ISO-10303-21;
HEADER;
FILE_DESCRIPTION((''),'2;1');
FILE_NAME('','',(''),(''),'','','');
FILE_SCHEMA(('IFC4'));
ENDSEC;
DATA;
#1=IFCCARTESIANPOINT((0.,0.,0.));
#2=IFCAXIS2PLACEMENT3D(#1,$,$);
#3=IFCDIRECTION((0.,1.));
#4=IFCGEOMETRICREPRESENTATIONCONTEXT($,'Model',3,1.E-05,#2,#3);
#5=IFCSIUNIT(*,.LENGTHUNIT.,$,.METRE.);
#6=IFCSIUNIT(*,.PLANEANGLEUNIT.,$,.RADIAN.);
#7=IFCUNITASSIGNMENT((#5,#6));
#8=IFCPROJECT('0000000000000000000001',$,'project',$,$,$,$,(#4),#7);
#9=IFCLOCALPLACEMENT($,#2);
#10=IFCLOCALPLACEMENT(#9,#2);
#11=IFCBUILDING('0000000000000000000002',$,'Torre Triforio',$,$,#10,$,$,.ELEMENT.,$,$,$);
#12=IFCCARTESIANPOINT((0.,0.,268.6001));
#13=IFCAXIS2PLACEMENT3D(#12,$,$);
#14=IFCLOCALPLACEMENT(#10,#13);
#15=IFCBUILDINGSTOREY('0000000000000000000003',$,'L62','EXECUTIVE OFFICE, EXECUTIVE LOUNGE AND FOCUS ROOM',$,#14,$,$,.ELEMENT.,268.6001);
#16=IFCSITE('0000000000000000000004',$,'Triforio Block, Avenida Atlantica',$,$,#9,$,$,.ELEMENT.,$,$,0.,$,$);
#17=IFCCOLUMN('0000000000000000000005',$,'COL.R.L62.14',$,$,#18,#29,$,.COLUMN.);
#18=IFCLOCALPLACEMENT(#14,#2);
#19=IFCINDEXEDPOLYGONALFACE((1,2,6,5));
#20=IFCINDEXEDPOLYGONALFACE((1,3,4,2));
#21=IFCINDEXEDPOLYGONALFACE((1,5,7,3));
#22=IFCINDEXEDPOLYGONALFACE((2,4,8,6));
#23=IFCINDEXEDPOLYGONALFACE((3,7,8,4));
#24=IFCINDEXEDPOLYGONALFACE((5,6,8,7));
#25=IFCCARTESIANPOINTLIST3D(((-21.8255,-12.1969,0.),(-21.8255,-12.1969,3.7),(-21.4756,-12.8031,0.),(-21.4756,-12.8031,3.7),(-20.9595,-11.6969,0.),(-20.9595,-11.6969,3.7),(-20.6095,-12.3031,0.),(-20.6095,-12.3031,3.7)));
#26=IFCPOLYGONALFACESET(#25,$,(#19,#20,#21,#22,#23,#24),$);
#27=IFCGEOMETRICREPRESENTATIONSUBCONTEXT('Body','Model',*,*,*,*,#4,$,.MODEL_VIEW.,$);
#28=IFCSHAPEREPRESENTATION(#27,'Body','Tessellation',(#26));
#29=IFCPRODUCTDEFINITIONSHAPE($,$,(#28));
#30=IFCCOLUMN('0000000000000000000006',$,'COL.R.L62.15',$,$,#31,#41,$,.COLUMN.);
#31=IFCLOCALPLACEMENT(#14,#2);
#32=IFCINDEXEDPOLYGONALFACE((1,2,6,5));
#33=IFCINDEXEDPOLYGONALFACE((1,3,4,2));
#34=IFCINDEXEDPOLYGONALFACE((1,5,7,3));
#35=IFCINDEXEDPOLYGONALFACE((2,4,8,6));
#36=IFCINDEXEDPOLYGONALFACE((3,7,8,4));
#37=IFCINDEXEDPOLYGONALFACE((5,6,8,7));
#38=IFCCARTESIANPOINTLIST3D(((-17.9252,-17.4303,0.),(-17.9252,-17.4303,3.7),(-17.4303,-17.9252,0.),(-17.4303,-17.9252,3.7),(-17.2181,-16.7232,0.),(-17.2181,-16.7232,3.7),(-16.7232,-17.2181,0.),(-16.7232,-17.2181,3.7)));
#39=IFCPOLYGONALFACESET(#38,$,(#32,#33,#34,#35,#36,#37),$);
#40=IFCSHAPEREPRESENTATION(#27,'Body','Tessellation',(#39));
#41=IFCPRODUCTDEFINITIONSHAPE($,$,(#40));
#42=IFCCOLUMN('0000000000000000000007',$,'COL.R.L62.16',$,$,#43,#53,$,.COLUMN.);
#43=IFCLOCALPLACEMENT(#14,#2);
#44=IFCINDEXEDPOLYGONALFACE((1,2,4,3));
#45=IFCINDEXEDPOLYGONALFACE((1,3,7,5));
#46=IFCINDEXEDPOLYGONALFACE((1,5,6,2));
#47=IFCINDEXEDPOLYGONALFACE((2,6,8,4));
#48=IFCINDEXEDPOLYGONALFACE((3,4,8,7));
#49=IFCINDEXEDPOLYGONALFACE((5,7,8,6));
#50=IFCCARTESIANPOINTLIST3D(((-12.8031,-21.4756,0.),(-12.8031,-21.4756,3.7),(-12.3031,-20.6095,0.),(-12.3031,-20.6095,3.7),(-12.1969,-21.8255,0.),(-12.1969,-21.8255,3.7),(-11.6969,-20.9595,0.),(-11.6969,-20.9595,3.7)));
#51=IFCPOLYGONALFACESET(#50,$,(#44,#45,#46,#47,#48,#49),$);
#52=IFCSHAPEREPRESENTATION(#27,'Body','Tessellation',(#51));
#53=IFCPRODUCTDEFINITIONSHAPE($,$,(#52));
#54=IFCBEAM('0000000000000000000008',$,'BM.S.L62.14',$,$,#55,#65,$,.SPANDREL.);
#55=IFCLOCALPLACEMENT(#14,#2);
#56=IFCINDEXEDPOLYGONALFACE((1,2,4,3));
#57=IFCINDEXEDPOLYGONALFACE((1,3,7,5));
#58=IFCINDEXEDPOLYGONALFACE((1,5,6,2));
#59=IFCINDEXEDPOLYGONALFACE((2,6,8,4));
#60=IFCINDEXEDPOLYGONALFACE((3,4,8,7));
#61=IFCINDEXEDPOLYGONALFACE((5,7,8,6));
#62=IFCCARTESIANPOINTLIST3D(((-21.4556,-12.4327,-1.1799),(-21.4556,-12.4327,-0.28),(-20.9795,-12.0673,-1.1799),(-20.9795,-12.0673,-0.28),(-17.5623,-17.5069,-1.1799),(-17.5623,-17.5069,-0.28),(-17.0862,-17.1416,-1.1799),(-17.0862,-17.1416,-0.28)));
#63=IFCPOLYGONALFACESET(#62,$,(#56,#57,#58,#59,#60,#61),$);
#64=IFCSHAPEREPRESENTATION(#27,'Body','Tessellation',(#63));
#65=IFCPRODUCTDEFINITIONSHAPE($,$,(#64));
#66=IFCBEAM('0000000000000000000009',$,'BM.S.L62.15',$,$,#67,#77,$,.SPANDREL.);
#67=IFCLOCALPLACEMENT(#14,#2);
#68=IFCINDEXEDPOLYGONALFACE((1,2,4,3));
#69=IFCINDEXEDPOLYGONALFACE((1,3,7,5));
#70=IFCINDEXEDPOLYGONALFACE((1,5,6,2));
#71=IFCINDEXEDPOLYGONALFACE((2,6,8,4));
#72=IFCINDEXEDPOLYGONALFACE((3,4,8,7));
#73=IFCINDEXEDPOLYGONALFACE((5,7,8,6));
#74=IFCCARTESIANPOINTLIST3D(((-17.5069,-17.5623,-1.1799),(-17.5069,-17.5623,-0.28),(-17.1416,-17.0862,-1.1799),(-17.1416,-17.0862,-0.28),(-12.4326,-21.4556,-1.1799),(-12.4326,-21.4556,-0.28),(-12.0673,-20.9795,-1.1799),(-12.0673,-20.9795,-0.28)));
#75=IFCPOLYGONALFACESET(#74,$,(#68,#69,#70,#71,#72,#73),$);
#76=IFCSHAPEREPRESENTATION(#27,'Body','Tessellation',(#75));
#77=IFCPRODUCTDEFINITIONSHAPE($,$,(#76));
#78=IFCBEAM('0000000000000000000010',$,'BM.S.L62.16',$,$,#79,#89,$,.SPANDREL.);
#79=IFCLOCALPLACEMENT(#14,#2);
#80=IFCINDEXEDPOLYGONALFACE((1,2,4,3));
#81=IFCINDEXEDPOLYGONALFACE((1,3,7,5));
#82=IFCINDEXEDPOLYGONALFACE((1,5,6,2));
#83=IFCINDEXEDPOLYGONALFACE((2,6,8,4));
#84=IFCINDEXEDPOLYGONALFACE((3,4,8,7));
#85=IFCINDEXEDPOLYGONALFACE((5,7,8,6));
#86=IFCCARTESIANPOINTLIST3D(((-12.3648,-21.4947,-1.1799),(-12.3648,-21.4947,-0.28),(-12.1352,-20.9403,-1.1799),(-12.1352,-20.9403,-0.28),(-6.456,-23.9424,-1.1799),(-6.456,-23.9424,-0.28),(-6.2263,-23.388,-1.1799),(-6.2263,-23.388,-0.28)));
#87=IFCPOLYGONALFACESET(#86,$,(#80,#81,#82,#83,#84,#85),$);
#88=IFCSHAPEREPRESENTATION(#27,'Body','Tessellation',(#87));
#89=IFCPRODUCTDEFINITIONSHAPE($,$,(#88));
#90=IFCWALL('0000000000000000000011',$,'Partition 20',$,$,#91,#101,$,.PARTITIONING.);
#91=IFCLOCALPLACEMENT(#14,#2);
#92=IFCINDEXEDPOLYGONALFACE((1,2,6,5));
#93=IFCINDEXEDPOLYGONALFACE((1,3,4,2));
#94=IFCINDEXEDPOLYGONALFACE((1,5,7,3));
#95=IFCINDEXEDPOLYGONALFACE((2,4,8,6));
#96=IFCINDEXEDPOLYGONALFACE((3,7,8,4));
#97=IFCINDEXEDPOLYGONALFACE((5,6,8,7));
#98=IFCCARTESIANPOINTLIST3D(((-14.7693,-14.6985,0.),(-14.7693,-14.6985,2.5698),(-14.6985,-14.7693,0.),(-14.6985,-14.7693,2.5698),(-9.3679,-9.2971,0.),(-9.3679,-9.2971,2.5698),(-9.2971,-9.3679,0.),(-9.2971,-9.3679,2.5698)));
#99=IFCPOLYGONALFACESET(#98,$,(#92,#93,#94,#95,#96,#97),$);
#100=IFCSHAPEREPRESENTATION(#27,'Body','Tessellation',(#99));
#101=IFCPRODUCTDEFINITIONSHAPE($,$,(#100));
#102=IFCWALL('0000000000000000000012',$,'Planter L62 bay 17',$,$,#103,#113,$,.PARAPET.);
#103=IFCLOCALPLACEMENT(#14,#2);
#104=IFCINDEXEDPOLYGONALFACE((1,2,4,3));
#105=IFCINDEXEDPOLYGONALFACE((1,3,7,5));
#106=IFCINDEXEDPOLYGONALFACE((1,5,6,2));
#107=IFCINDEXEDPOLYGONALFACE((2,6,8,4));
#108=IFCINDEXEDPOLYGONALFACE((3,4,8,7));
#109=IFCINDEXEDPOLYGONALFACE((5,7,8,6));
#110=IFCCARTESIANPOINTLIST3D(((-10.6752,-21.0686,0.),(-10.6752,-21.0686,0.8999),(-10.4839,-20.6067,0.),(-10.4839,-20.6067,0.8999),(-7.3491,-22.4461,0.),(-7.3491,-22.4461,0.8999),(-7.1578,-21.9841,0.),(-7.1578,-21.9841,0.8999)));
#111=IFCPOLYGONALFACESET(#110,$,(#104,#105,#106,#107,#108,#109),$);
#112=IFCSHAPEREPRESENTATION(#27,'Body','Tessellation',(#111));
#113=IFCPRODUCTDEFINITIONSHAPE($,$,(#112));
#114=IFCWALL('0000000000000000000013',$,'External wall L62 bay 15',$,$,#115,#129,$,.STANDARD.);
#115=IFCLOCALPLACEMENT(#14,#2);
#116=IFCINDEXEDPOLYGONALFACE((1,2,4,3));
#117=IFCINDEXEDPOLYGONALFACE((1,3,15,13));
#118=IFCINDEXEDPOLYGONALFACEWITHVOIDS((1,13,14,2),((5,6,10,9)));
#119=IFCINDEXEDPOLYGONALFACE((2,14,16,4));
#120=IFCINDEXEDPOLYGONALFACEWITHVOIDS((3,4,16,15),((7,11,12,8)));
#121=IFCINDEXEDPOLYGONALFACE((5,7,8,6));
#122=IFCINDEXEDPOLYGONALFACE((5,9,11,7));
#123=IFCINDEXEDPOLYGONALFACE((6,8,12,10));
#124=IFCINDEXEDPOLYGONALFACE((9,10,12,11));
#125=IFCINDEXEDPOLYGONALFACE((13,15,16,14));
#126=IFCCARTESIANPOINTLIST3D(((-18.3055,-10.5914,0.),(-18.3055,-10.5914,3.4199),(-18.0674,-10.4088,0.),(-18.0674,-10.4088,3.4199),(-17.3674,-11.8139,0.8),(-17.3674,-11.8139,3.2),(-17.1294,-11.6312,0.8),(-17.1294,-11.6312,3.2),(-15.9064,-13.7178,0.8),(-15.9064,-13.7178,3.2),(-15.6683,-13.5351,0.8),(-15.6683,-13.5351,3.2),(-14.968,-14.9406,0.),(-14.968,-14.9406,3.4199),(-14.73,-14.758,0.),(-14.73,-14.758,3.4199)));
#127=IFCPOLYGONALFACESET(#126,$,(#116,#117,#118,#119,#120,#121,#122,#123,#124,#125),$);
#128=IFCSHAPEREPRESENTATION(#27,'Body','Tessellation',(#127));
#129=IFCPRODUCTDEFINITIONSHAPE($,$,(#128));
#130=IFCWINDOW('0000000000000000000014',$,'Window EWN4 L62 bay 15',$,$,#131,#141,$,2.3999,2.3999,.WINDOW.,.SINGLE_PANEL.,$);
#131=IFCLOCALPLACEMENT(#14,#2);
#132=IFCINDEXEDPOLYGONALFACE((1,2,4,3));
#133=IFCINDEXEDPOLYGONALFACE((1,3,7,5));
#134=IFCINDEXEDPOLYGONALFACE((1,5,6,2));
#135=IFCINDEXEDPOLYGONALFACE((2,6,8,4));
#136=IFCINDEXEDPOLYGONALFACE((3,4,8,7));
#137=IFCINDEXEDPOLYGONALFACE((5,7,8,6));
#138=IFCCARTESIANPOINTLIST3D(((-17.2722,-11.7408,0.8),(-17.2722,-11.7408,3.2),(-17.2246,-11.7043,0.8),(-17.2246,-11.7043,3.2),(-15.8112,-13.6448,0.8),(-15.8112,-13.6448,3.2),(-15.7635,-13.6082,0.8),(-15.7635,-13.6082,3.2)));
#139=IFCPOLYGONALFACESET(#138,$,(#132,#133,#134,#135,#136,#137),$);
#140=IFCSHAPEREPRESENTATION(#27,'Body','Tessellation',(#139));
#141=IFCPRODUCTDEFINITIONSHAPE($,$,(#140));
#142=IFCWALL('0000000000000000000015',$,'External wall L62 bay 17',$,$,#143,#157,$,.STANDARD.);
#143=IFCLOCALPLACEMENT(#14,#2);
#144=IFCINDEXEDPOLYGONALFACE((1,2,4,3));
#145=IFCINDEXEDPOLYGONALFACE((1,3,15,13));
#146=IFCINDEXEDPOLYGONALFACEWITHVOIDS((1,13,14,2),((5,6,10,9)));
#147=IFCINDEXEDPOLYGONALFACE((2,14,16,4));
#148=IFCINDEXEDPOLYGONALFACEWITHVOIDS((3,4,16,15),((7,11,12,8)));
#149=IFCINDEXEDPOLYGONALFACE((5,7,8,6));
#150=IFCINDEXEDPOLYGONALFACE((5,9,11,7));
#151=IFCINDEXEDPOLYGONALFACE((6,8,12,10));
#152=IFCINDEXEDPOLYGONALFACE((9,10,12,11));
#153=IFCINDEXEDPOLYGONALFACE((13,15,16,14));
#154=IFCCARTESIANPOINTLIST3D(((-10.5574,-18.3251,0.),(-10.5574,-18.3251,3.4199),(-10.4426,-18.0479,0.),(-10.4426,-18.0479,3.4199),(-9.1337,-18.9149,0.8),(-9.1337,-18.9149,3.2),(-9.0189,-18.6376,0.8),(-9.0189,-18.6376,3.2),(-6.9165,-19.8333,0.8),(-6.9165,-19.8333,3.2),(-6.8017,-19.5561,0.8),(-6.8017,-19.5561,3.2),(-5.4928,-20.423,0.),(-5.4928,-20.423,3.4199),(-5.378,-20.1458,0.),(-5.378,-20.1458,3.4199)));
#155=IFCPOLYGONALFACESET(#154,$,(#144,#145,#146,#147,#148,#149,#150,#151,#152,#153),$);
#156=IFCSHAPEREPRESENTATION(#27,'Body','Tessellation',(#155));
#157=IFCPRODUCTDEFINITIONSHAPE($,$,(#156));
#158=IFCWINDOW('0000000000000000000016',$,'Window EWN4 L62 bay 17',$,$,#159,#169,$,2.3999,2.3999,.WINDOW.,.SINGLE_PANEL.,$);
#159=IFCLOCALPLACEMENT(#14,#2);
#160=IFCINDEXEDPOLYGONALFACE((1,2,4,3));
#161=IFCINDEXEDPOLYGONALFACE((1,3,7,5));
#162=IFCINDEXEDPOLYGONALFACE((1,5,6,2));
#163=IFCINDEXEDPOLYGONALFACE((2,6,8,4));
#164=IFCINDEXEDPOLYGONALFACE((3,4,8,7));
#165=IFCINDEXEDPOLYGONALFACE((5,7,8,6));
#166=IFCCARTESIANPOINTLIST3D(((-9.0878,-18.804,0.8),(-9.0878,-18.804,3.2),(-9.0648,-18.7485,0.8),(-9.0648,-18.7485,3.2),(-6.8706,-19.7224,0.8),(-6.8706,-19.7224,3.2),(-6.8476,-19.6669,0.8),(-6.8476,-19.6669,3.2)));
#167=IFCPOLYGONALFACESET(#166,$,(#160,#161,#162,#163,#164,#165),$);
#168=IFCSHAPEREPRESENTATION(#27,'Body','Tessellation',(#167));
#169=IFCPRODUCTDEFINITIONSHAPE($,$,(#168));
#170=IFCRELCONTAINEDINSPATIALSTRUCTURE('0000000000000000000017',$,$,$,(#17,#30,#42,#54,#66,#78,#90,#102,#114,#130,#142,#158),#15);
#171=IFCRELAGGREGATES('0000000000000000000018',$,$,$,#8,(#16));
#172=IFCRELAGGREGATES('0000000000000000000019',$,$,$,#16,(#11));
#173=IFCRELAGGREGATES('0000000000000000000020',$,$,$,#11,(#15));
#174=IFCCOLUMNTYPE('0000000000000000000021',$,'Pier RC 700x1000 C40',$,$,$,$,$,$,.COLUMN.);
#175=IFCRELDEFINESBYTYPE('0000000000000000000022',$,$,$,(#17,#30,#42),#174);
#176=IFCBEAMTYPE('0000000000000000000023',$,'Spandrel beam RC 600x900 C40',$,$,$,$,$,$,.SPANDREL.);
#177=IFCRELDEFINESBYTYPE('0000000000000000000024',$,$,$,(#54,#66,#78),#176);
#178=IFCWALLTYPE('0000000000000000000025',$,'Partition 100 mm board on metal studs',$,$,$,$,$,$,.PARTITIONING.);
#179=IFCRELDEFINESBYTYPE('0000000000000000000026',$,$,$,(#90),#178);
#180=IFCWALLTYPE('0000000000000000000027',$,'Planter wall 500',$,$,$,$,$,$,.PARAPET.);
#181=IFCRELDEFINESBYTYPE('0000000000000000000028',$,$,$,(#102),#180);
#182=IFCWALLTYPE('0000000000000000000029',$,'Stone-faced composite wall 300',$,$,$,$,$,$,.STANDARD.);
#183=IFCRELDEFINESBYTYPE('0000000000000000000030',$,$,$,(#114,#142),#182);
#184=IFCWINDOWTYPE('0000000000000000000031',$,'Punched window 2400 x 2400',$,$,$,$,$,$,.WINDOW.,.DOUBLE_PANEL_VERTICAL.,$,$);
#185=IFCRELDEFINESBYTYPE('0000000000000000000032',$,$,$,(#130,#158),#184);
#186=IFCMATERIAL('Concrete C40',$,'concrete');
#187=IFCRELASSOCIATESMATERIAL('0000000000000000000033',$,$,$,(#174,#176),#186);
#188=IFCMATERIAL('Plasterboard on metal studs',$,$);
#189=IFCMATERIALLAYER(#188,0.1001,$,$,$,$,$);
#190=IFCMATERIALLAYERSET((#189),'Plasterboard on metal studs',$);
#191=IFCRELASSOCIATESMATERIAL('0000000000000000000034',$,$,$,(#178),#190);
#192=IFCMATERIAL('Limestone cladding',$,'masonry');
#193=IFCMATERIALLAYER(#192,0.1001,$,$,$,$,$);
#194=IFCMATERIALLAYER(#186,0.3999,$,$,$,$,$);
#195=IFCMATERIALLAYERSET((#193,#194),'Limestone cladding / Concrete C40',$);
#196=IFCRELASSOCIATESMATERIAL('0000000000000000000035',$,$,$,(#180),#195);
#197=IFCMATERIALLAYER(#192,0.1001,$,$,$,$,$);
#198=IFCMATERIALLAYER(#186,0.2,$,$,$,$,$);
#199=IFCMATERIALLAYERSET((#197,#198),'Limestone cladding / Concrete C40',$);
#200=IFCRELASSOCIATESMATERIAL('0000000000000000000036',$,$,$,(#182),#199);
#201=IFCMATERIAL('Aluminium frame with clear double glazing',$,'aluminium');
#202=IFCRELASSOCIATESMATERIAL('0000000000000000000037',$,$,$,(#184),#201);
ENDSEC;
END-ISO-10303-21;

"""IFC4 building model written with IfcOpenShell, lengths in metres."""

from ifc_helpers import new_model, si_unit, direction, frame, frame_2d, origin, origin_2d, place, context, subcontext, project, spatial, rectangle, extrude, material, layer, layer_set, material_profile, profile_set, type_object, element, fill, save


model = new_model("IFC4")

# Units and contexts
model_context = context("Model", 3, precision=1e-05, world=origin(), true_north=direction((0.0, 1.0)))
body_context = subcontext(model_context, "Body", "Model", "MODEL_VIEW")
ifc_project = project(units=[si_unit("LENGTHUNIT", "METRE"), si_unit("PLANEANGLEUNIT", "RADIAN")], contexts=[model_context])

# Site, building, storey
site_placement = place(None, origin())
site = spatial("IfcSite", under=ifc_project, at=site_placement, Name="Triforio Block, Avenida Atlantica", CompositionType="ELEMENT", RefElevation=0.0)
building_placement = place(site_placement, origin())
building = spatial("IfcBuilding", under=site, at=building_placement, Name="Torre Triforio", CompositionType="ELEMENT")
storey_placement = place(building_placement, frame((0.0, 0.0, 268.6001)))
storey = spatial("IfcBuildingStorey", under=building, at=storey_placement, Name="L62", Description="EXECUTIVE OFFICE, EXECUTIVE LOUNGE AND FOCUS ROOM", CompositionType="ELEMENT", Elevation=268.6001)

# Columns
ifc_material_1 = material(Name="Concrete C40", Category="concrete")
ifc_material_profile_1 = material_profile(ifc_material_1, rectangle(XDim=0.7, YDim=1.0, at=origin_2d()), Name="RC 700x1000")
ifc_profile_set_1 = profile_set([ifc_material_profile_1], Name="Concrete C40")
column_type = type_object("IfcColumnType", Name="Pier RC 700x1000 C40", PredefinedType="COLUMN", material=ifc_profile_set_1)
for number, where, z_axis, x_axis, name in (
    (1, (-21.2175, -12.25, 0.0), (0.0, 0.0, 1.0), (0.5, -0.866025, 0.0), "COL.R.L62.14"),
    (2, (-17.3242, -17.3242, 0.0), (0.0, 0.0, 1.0), (0.707107, -0.707107, 0.0), "COL.R.L62.15"),
    (3, (-12.25, -21.2175, 0.0), (0.0, 0.0, 1.0), (0.866025, -0.5, 0.0), "COL.R.L62.16"),
):
    element("IfcColumn", number, at=place(storey_placement, frame(where, z_axis=z_axis, x_axis=x_axis)), inside=storey, type_object=column_type, Name=name, PredefinedType="COLUMN", context=body_context, shape_type="SweptSolid", body=[
        extrude(rectangle(XDim=0.7, YDim=1.0, at=origin_2d()), origin(), (0.0, 0.0, 1.0), 3.7),
    ])

# Beams
ifc_material_profile_2 = material_profile(ifc_material_1, rectangle(XDim=0.6001, YDim=0.8999, at=origin_2d()), Name="RC 600x900")
ifc_profile_set_2 = profile_set([ifc_material_profile_2], Name="Concrete C40")
beam_type = type_object("IfcBeamType", Name="Spandrel beam RC 600x900 C40", PredefinedType="SPANDREL", material=ifc_profile_set_2)
for number, where, z_axis, x_axis, name in (
    (4, (-21.2175, -12.25, -0.73), (0.608734, -0.793374, 0.0), (0.793374, 0.608734, 0.0), "BM.S.L62.14"),
    (5, (-17.3242, -17.3242, -0.73), (0.793374, -0.608734, 0.0), (0.608734, 0.793374, 0.0), "BM.S.L62.15"),
    (6, (-12.25, -21.2175, -0.73), (0.923869, -0.382709, 0.0), (0.382709, 0.923869, 0.0), "BM.S.L62.16"),
):
    element("IfcBeam", number, at=place(storey_placement, frame(where, z_axis=z_axis, x_axis=x_axis)), inside=storey, type_object=beam_type, Name=name, PredefinedType="SPANDREL", context=body_context, shape_type="SweptSolid", body=[
        extrude(rectangle(XDim=0.6001, YDim=0.8999, at=origin_2d()), origin(), (0.0, 0.0, 1.0), 6.3958),
    ])

# Walls
ifc_material_2 = material(Name="Plasterboard on metal studs")
ifc_layer_1 = layer(ifc_material_2, 0.1001)
ifc_layer_set_1 = layer_set([ifc_layer_1], Name="Plasterboard on metal studs")
wall_type_1 = type_object("IfcWallType", Name="Partition 100 mm board on metal studs", PredefinedType="PARTITIONING", material=ifc_layer_set_1)
wall_1_placement = place(storey_placement, frame((-9.3325, -9.3325, 0.0), z_axis=(0.0, 0.0, 1.0), x_axis=(-0.707107, -0.707107, 0.0)))
element("IfcWall", 7, at=wall_1_placement, inside=storey, type_object=wall_type_1, Name="Partition 20", PredefinedType="PARTITIONING", context=body_context, shape_type="SweptSolid", body=[
    extrude(rectangle(XDim=7.6387, YDim=0.1001, at=frame_2d((3.8193, 0.0))), origin(), (0.0, 0.0, 1.0), 2.5698),
])
ifc_material_3 = material(Name="Limestone cladding", Category="masonry")
ifc_layer_2 = layer(ifc_material_3, 0.1001)
ifc_layer_3 = layer(ifc_material_1, 0.3999)
ifc_layer_set_2 = layer_set([ifc_layer_2, ifc_layer_3], Name="Limestone cladding / Concrete C40")
wall_type_2 = type_object("IfcWallType", Name="Planter wall 500", PredefinedType="PARAPET", material=ifc_layer_set_2)
wall_2_placement = place(storey_placement, frame((-10.5796, -20.8376, 0.0), z_axis=(0.0, 0.0, 1.0), x_axis=(0.923909, -0.382611, 0.0)))
element("IfcWall", 8, at=wall_2_placement, inside=storey, type_object=wall_type_2, Name="Planter L62 bay 17", PredefinedType="PARAPET", context=body_context, shape_type="SweptSolid", body=[
    extrude(rectangle(XDim=3.6001, YDim=0.5, at=frame_2d((1.8, 0.0))), origin(), (0.0, 0.0, 1.0), 0.8999),
])

# Wall, opening, window
ifc_layer_4 = layer(ifc_material_3, 0.1001)
ifc_layer_5 = layer(ifc_material_1, 0.2)
ifc_layer_set_3 = layer_set([ifc_layer_4, ifc_layer_5], Name="Limestone cladding / Concrete C40")
wall_type_3 = type_object("IfcWallType", Name="Stone-faced composite wall 300", PredefinedType="STANDARD", material=ifc_layer_set_3)
wall_3_placement = place(storey_placement, frame((-18.1865, -10.5, 0.0), z_axis=(0.0, 0.0, 1.0), x_axis=(0.608785, -0.793335, 0.0)))
wall_3 = element("IfcWall", 9, at=wall_3_placement, inside=storey, type_object=wall_type_3, Name="External wall L62 bay 15", PredefinedType="STANDARD", context=body_context, shape_type="SweptSolid", body=[
    extrude(rectangle(XDim=5.4822, YDim=0.3, at=frame_2d((2.7412, 0.0))), origin(), (0.0, 0.0, 1.0), 3.4199),
])
opening_1_placement = place(wall_3_placement, frame((1.541, 0.0, 0.8)))
opening_1 = element("IfcOpeningElement", 10, at=opening_1_placement, cuts=wall_3, PredefinedType="OPENING", context=body_context, shape_type="SweptSolid", body=[
    extrude(rectangle(XDim=2.3999, YDim=2.3999, at=frame_2d((1.2, 1.2))), frame((0.0, 0.1599, 0.0), z_axis=(0.0, -1.0, 0.0), x_axis=(1.0, 0.0, 0.0)), (0.0, 0.0, 1.0), 0.3201),
])
ifc_material_4 = material(Name="Aluminium frame with clear double glazing", Category="aluminium")
window_type_1 = type_object("IfcWindowType", Name="Punched window 2400 x 2400", PartitioningType="DOUBLE_PANEL_VERTICAL", PredefinedType="WINDOW", material=ifc_material_4)
window_1_placement = place(opening_1_placement, origin())
window_1 = element("IfcWindow", 11, at=window_1_placement, inside=storey, type_object=window_type_1, Name="Window EWN4 L62 bay 15", OverallHeight=2.3999, OverallWidth=2.3999, PartitioningType="SINGLE_PANEL", PredefinedType="WINDOW", context=body_context, shape_type="SweptSolid", body=[
    extrude(rectangle(XDim=2.3999, YDim=2.3999, at=frame_2d((1.2, 1.2))), frame((0.0, 0.03, 0.0), z_axis=(0.0, -1.0, 0.0), x_axis=(1.0, 0.0, 0.0)), (0.0, 0.0, 1.0), 0.0601),
])
fill(opening_1, window_1)

# Wall, opening, window
wall_4_placement = place(storey_placement, frame((-10.5, -18.1865, 0.0), z_axis=(0.0, 0.0, 1.0), x_axis=(0.923877, -0.382689, 0.0)))
wall_4 = element("IfcWall", 12, at=wall_4_placement, inside=storey, type_object=wall_type_3, Name="External wall L62 bay 17", PredefinedType="STANDARD", context=body_context, shape_type="SweptSolid", body=[
    extrude(rectangle(XDim=5.4819, YDim=0.3, at=frame_2d((2.741, 0.0))), origin(), (0.0, 0.0, 1.0), 3.4199),
])
opening_2_placement = place(wall_4_placement, frame((1.541, 0.0, 0.8)))
opening_2 = element("IfcOpeningElement", 13, at=opening_2_placement, cuts=wall_4, PredefinedType="OPENING", context=body_context, shape_type="SweptSolid", body=[
    extrude(rectangle(XDim=2.3999, YDim=2.3999, at=frame_2d((1.2, 1.2))), frame((0.0, 0.1599, 0.0), z_axis=(0.0, -1.0, 0.0), x_axis=(1.0, 0.0, 0.0)), (0.0, 0.0, 1.0), 0.3201),
])
window_2_placement = place(opening_2_placement, origin())
window_2 = element("IfcWindow", 14, at=window_2_placement, inside=storey, type_object=window_type_1, Name="Window EWN4 L62 bay 17", OverallHeight=2.3999, OverallWidth=2.3999, PartitioningType="SINGLE_PANEL", PredefinedType="WINDOW", context=body_context, shape_type="SweptSolid", body=[
    extrude(rectangle(XDim=2.3999, YDim=2.3999, at=frame_2d((1.2, 1.2))), frame((0.0, 0.03, 0.0), z_axis=(0.0, -1.0, 0.0), x_axis=(1.0, 0.0, 0.0)), (0.0, 0.0, 1.0), 0.0601),
])
fill(opening_2, window_2)

save(model, "model.ifc")
